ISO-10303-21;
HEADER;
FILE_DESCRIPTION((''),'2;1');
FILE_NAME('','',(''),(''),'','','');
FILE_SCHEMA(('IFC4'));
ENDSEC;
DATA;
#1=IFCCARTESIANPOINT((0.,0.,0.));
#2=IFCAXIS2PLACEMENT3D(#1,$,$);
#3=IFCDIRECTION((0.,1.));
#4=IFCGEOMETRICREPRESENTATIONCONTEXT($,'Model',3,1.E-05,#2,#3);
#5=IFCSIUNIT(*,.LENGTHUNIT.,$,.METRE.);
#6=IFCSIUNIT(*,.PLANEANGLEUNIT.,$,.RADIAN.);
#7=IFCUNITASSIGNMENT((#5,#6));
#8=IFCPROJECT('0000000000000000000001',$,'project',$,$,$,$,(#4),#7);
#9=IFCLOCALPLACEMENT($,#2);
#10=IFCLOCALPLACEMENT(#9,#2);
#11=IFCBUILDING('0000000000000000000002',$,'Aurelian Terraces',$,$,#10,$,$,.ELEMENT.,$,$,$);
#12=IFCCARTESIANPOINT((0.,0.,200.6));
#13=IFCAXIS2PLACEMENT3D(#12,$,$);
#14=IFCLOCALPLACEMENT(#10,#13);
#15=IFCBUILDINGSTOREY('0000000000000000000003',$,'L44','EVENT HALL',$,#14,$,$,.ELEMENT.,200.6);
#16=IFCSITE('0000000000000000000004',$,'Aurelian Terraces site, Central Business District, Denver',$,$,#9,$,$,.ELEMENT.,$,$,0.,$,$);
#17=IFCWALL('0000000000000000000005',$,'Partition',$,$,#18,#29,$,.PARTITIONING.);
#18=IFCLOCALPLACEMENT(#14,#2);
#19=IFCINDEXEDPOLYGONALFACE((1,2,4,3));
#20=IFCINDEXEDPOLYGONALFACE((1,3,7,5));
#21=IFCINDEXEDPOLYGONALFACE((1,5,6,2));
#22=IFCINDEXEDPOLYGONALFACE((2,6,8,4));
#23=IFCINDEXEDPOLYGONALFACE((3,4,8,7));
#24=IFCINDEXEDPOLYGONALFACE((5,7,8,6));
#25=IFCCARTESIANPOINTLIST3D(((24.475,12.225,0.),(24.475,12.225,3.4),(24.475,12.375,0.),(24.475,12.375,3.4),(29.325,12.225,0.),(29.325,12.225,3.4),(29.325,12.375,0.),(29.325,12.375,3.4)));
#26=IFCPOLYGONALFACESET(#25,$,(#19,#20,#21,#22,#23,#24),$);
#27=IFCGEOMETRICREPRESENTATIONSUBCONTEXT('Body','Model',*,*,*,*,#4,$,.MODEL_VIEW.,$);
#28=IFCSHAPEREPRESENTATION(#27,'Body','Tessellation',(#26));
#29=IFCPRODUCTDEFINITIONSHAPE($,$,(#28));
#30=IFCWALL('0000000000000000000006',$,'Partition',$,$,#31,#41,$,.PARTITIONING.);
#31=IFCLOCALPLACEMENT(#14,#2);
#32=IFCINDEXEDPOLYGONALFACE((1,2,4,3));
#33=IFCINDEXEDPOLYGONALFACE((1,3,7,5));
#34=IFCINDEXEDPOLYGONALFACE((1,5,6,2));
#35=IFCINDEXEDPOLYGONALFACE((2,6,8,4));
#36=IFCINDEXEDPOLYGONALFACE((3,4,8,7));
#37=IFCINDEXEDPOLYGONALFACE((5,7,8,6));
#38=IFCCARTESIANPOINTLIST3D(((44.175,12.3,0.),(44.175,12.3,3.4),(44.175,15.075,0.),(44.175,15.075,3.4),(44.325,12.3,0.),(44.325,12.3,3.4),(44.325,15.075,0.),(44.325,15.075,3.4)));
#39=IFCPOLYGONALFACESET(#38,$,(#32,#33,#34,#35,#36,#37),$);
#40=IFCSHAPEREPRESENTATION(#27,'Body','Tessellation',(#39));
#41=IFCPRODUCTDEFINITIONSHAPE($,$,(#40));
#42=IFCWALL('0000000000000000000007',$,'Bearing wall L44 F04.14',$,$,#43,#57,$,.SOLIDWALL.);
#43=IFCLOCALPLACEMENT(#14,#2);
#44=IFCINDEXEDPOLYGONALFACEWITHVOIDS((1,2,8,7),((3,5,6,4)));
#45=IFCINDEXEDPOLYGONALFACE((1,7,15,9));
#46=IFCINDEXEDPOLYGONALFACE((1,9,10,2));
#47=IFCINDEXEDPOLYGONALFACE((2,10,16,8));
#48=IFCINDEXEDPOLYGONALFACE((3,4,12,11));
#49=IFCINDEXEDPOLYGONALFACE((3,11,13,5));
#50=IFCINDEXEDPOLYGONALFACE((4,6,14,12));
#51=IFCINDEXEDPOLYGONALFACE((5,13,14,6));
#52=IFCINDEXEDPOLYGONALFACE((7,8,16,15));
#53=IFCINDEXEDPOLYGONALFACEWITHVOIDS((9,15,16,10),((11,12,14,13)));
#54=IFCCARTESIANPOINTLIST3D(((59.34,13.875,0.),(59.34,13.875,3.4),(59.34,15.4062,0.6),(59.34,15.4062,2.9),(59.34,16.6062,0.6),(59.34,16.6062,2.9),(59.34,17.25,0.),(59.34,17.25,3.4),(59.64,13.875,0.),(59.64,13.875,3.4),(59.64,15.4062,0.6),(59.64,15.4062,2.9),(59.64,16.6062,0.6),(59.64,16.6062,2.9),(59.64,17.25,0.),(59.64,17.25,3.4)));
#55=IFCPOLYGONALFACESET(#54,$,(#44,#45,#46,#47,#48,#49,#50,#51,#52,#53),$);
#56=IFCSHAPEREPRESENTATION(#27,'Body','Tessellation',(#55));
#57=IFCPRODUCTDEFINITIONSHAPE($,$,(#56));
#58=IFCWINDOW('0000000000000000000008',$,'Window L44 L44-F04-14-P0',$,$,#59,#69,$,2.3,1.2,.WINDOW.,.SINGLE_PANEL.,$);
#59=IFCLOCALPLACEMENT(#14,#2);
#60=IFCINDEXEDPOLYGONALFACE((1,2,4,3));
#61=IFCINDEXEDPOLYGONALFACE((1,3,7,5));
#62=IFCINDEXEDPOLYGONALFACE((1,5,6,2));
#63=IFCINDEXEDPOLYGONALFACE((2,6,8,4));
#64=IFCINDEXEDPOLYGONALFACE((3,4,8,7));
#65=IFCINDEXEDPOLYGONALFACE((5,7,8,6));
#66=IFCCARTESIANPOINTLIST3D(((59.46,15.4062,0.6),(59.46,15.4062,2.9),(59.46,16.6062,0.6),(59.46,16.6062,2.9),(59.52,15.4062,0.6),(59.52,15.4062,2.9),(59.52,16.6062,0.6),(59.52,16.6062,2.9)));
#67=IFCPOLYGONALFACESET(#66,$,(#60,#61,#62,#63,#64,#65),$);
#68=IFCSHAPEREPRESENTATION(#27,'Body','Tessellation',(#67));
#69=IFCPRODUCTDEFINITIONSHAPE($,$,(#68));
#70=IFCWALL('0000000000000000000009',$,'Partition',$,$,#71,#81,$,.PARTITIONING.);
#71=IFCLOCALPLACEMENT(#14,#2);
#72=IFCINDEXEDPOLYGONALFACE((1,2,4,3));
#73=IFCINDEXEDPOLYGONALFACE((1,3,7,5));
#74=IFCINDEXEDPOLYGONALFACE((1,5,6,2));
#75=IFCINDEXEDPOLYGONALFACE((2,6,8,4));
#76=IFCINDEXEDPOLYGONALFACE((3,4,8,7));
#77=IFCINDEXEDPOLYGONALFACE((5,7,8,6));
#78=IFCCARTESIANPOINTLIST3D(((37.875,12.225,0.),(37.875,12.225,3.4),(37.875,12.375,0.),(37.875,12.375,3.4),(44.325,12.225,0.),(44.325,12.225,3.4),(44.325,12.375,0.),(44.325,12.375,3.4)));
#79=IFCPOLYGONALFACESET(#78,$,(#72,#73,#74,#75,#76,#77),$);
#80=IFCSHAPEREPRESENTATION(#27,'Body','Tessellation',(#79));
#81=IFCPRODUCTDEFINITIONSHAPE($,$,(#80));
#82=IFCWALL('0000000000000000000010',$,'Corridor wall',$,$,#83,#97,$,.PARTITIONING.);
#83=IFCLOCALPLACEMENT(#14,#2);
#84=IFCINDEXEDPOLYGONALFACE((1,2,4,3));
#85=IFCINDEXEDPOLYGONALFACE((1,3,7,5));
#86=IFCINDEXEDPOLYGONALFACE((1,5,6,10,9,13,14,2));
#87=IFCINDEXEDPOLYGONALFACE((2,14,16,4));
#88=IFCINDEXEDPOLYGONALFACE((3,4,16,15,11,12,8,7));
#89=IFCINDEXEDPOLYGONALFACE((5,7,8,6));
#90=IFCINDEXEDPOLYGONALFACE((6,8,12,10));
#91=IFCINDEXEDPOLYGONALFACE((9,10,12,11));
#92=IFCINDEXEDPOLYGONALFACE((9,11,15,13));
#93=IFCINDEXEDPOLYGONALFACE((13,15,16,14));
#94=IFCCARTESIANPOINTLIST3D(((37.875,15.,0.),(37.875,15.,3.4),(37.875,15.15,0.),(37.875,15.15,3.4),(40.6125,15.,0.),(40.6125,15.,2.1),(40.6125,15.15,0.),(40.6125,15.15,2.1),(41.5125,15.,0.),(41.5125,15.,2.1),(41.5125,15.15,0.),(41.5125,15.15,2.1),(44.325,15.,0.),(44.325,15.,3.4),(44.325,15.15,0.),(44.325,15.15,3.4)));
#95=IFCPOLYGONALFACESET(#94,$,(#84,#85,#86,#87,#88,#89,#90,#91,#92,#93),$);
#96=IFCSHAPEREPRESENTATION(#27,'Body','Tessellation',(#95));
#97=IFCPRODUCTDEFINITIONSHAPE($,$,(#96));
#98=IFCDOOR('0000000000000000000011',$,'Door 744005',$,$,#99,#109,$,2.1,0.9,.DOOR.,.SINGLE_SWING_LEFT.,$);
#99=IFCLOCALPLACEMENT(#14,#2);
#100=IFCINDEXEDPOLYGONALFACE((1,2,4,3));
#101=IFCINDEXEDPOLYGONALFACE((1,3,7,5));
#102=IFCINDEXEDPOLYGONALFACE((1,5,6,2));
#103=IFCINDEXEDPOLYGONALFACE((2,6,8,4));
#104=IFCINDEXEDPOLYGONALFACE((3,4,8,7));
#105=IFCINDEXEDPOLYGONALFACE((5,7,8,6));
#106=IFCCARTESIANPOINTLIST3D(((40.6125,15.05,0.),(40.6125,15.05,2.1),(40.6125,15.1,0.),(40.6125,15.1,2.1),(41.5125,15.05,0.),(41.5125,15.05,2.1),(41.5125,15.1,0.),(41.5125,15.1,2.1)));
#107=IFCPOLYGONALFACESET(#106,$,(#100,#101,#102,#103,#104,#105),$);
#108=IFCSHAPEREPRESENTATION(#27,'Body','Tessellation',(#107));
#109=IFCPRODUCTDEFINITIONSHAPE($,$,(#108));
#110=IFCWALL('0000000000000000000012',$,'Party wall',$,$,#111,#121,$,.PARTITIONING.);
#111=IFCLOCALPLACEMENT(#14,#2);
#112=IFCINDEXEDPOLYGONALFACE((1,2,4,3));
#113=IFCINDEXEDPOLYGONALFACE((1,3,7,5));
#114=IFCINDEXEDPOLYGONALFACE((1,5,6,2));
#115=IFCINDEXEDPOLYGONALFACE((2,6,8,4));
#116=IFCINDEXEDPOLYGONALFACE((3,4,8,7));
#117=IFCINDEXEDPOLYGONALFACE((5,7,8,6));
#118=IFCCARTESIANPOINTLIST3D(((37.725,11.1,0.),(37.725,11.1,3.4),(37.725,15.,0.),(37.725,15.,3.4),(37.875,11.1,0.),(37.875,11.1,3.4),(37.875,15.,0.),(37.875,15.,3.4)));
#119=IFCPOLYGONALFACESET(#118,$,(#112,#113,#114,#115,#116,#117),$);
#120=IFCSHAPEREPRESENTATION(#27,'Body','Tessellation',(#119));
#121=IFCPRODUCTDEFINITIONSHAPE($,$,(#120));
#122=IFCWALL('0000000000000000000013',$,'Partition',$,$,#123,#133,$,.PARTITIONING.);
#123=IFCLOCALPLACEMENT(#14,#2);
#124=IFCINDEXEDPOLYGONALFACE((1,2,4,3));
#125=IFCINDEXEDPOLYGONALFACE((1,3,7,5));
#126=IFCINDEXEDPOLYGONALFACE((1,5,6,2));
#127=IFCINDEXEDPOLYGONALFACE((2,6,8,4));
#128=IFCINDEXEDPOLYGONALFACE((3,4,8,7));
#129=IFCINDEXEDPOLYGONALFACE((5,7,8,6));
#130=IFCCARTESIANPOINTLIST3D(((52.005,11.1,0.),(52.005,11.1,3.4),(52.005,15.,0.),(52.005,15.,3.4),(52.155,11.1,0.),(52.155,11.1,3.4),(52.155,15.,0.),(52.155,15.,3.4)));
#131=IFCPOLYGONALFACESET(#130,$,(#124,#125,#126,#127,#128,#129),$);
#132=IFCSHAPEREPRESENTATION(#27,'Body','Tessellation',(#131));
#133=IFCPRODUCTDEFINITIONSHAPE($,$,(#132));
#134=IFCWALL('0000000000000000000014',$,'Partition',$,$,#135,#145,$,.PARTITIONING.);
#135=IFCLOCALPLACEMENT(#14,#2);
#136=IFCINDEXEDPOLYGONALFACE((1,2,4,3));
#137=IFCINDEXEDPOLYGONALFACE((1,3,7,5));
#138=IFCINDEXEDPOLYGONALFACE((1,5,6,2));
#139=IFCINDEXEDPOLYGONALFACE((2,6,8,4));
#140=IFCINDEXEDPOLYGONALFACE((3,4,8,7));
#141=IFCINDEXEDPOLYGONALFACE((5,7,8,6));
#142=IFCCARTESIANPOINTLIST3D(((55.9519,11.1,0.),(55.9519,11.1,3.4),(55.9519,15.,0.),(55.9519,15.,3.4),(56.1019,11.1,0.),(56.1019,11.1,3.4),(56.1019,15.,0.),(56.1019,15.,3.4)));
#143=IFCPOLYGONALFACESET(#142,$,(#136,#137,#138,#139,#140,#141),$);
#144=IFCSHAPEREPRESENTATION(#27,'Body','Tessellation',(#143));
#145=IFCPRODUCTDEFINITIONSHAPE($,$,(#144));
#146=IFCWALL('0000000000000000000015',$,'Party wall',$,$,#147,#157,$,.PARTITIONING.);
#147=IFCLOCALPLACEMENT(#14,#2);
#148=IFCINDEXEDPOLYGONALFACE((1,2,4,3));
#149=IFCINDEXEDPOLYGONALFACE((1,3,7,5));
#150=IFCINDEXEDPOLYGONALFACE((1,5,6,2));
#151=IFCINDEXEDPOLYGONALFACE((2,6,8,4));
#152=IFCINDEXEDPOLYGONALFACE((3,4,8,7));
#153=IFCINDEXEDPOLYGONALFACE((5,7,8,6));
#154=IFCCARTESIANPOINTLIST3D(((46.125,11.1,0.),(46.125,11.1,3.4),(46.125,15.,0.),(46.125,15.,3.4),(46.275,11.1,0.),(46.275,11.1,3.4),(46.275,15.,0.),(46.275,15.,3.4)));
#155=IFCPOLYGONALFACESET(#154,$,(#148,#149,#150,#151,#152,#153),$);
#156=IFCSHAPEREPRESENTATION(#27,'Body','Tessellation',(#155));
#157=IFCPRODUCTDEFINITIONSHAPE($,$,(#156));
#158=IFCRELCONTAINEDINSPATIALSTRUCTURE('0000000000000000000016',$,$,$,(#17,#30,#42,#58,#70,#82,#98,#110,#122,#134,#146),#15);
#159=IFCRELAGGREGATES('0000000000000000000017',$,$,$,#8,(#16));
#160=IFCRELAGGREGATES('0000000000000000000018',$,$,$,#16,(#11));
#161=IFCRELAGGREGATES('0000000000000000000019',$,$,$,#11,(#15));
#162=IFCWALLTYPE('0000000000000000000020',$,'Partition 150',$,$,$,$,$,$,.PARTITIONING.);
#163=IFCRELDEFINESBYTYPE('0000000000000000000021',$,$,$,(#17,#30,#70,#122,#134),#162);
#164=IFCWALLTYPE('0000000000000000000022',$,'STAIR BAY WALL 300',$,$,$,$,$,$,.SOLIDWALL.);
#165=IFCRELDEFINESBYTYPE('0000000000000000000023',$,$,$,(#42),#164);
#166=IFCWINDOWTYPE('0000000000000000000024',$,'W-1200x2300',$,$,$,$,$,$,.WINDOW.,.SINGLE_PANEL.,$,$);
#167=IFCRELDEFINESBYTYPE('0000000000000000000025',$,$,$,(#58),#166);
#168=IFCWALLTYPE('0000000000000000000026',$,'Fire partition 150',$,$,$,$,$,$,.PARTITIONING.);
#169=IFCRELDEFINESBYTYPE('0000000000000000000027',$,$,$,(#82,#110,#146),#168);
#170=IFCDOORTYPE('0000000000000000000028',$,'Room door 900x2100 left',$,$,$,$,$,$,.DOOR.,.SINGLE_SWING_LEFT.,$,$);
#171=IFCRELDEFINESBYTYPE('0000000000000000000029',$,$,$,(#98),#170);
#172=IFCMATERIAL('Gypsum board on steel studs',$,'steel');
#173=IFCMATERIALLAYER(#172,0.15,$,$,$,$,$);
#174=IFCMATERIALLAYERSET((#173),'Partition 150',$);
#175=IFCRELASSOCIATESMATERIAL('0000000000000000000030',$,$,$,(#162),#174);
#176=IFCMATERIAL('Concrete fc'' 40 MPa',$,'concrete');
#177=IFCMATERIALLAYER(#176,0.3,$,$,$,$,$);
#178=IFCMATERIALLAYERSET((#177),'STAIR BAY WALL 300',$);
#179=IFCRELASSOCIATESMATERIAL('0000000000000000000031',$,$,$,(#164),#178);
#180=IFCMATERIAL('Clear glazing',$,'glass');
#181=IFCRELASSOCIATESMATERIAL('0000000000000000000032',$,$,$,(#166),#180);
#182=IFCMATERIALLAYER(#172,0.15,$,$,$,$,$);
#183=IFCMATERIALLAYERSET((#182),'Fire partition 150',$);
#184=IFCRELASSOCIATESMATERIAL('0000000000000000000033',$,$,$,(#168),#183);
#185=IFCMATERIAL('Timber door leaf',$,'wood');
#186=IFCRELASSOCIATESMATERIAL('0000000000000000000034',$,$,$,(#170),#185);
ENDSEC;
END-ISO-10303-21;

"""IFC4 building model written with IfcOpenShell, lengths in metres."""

from ifc_helpers import new_model, si_unit, direction, frame, frame_2d, origin, place, context, subcontext, project, spatial, rectangle, extrude, source, transform, mapped, material, layer, layer_set, type_object, element, fill, save


model = new_model("IFC4")

# Units and contexts
model_context = context("Model", 3, precision=1e-05, world=origin(), true_north=direction((0.0, 1.0)))
body_context = subcontext(model_context, "Body", "Model", "MODEL_VIEW")
ifc_project = project(units=[si_unit("LENGTHUNIT", "METRE"), si_unit("PLANEANGLEUNIT", "RADIAN")], contexts=[model_context])

# Site, building, storey
site_placement = place(None, origin())
site = spatial("IfcSite", under=ifc_project, at=site_placement, Name="Aurelian Terraces site, Central Business District, Denver", CompositionType="ELEMENT", RefElevation=0.0)
building_placement = place(site_placement, origin())
building = spatial("IfcBuilding", under=site, at=building_placement, Name="Aurelian Terraces", CompositionType="ELEMENT")
storey_placement = place(building_placement, frame((0.0, 0.0, 200.6)))
storey = spatial("IfcBuildingStorey", under=building, at=storey_placement, Name="L44", Description="EVENT HALL", CompositionType="ELEMENT", Elevation=200.6)

# Walls
ifc_material_1 = material(Name="Gypsum board on steel studs", Category="steel")
ifc_layer_1 = layer(ifc_material_1, 0.15)
ifc_layer_set_1 = layer_set([ifc_layer_1], Name="Partition 150")
wall_type_1 = type_object("IfcWallType", Name="Partition 150", PredefinedType="PARTITIONING", material=ifc_layer_set_1)
wall_1_placement = place(storey_placement, frame((29.325, 12.3, 0.0), z_axis=(0.0, 0.0, 1.0), x_axis=(-1.0, 0.0, 0.0)))
element("IfcWall", 1, at=wall_1_placement, inside=storey, type_object=wall_type_1, Name="Partition", PredefinedType="PARTITIONING", context=body_context, shape_type="SweptSolid", body=[
    extrude(rectangle(XDim=4.85, YDim=0.15, at=frame_2d((2.425, 0.0))), origin(), (0.0, 0.0, 1.0), 3.4),
])
wall_2_placement = place(storey_placement, frame((44.25, 12.3, 0.0), z_axis=(0.0, 0.0, 1.0), x_axis=(0.0, 1.0, 0.0)))
element("IfcWall", 2, at=wall_2_placement, inside=storey, type_object=wall_type_1, Name="Partition", PredefinedType="PARTITIONING", context=body_context, shape_type="SweptSolid", body=[
    extrude(rectangle(XDim=2.775, YDim=0.15, at=frame_2d((1.3875, 0.0))), origin(), (0.0, 0.0, 1.0), 3.4),
])

# Wall, opening, window
ifc_material_2 = material(Name="Concrete fc' 40 MPa", Category="concrete")
ifc_layer_2 = layer(ifc_material_2, 0.3)
ifc_layer_set_2 = layer_set([ifc_layer_2], Name="STAIR BAY WALL 300")
wall_type_2 = type_object("IfcWallType", Name="STAIR BAY WALL 300", PredefinedType="SOLIDWALL", material=ifc_layer_set_2)
shared_shape_1 = source(origin(), body_context, "Body", "SweptSolid", [
    extrude(rectangle(XDim=3.375, YDim=0.3, at=frame_2d((1.6875, 0.0))), origin(), (0.0, 0.0, 1.0), 3.4),
])
wall_3_placement = place(storey_placement, frame((59.49, 13.875, 0.0), z_axis=(0.0, 0.0, 1.0), x_axis=(0.0, 1.0, 0.0)))
wall_3 = element("IfcWall", 3, at=wall_3_placement, inside=storey, type_object=wall_type_2, Name="Bearing wall L44 F04.14", PredefinedType="SOLIDWALL", context=body_context, shape_type="MappedRepresentation", body=[
    mapped(shared_shape_1, transform((0.0, 0.0, 0.0), scale=1.0)),
])
shared_shape_2 = source(origin(), body_context, "Body", "SweptSolid", [
    extrude(rectangle(XDim=1.2, YDim=2.3, at=frame_2d((0.6, 1.15))), frame((0.0, 0.16, 0.0), z_axis=(0.0, -1.0, 0.0), x_axis=(1.0, 0.0, 0.0)), (0.0, 0.0, 1.0), 0.32),
])
opening_1_placement = place(wall_3_placement, frame((1.5312, 0.0, 0.6)))
opening_1 = element("IfcOpeningElement", 4, at=opening_1_placement, cuts=wall_3, PredefinedType="OPENING", context=body_context, shape_type="MappedRepresentation", body=[
    mapped(shared_shape_2, transform((0.0, 0.0, 0.0), scale=1.0)),
])
ifc_material_3 = material(Name="Clear glazing", Category="glass")
window_type = type_object("IfcWindowType", Name="W-1200x2300", PartitioningType="SINGLE_PANEL", PredefinedType="WINDOW", material=ifc_material_3)
shared_shape_3 = source(origin(), body_context, "Body", "SweptSolid", [
    extrude(rectangle(XDim=1.2, YDim=2.3, at=frame_2d((0.6, 1.15))), frame((0.0, 0.03, 0.0), z_axis=(0.0, -1.0, 0.0), x_axis=(1.0, 0.0, 0.0)), (0.0, 0.0, 1.0), 0.06),
])
window_placement = place(opening_1_placement, origin())
window = element("IfcWindow", 5, at=window_placement, inside=storey, type_object=window_type, Name="Window L44 L44-F04-14-P0", OverallHeight=2.3, OverallWidth=1.2, PartitioningType="SINGLE_PANEL", PredefinedType="WINDOW", context=body_context, shape_type="MappedRepresentation", body=[
    mapped(shared_shape_3, transform((0.0, 0.0, 0.0), scale=1.0)),
])
fill(opening_1, window)

# Wall
shared_shape_4 = source(origin(), body_context, "Body", "SweptSolid", [
    extrude(rectangle(XDim=6.45, YDim=0.15, at=frame_2d((3.225, 0.0))), origin(), (0.0, 0.0, 1.0), 3.4),
])
wall_4_placement = place(storey_placement, frame((37.875, 12.3, 0.0), z_axis=(0.0, 0.0, 1.0), x_axis=(1.0, 0.0, 0.0)))
element("IfcWall", 6, at=wall_4_placement, inside=storey, type_object=wall_type_1, Name="Partition", PredefinedType="PARTITIONING", context=body_context, shape_type="MappedRepresentation", body=[
    mapped(shared_shape_4, transform((0.0, 0.0, 0.0), scale=1.0)),
])

# Wall, opening, door
ifc_layer_3 = layer(ifc_material_1, 0.15)
ifc_layer_set_3 = layer_set([ifc_layer_3], Name="Fire partition 150")
wall_type_3 = type_object("IfcWallType", Name="Fire partition 150", PredefinedType="PARTITIONING", material=ifc_layer_set_3)
wall_5_placement = place(storey_placement, frame((44.325, 15.075, 0.0), z_axis=(0.0, 0.0, 1.0), x_axis=(-1.0, 0.0, 0.0)))
wall_5 = element("IfcWall", 7, at=wall_5_placement, inside=storey, type_object=wall_type_3, Name="Corridor wall", PredefinedType="PARTITIONING", context=body_context, shape_type="MappedRepresentation", body=[
    mapped(shared_shape_4, transform((0.0, 0.0, 0.0), scale=1.0)),
])
shared_shape_5 = source(origin(), body_context, "Body", "SweptSolid", [
    extrude(rectangle(XDim=0.9, YDim=2.1, at=frame_2d((0.45, 1.05))), frame((0.0, 0.085, 0.0), z_axis=(0.0, -1.0, 0.0), x_axis=(1.0, 0.0, 0.0)), (0.0, 0.0, 1.0), 0.17),
])
opening_2_placement = place(wall_5_placement, frame((2.8125, 0.0, 0.0)))
opening_2 = element("IfcOpeningElement", 8, at=opening_2_placement, cuts=wall_5, PredefinedType="OPENING", context=body_context, shape_type="MappedRepresentation", body=[
    mapped(shared_shape_5, transform((0.0, 0.0, 0.0), scale=1.0)),
])
ifc_material_4 = material(Name="Timber door leaf", Category="wood")
door_type_1 = type_object("IfcDoorType", Name="Room door 900x2100 left", OperationType="SINGLE_SWING_LEFT", PredefinedType="DOOR", material=ifc_material_4)
shared_shape_6 = source(origin(), body_context, "Body", "SweptSolid", [
    extrude(rectangle(XDim=0.9, YDim=2.1, at=frame_2d((0.45, 1.05))), frame((0.0, 0.025, 0.0), z_axis=(0.0, -1.0, 0.0), x_axis=(1.0, 0.0, 0.0)), (0.0, 0.0, 1.0), 0.05),
])
door_1_placement = place(opening_2_placement, origin())
door_1 = element("IfcDoor", 9, at=door_1_placement, inside=storey, type_object=door_type_1, Name="Door 744005", OperationType="SINGLE_SWING_LEFT", OverallHeight=2.1, OverallWidth=0.9, PredefinedType="DOOR", context=body_context, shape_type="MappedRepresentation", body=[
    mapped(shared_shape_6, transform((0.0, 0.0, 0.0), scale=1.0)),
])
fill(opening_2, door_1)

# Walls
shared_shape_7 = source(origin(), body_context, "Body", "SweptSolid", [
    extrude(rectangle(XDim=3.9, YDim=0.15, at=frame_2d((1.95, 0.0))), origin(), (0.0, 0.0, 1.0), 3.4),
])
wall_6_placement = place(storey_placement, frame((37.8, 11.1, 0.0), z_axis=(0.0, 0.0, 1.0), x_axis=(0.0, 1.0, 0.0)))
element("IfcWall", 10, at=wall_6_placement, inside=storey, type_object=wall_type_3, Name="Party wall", PredefinedType="PARTITIONING", context=body_context, shape_type="MappedRepresentation", body=[
    mapped(shared_shape_7, transform((0.0, 0.0, 0.0), scale=1.0)),
])
for number, where, z_axis, x_axis, name in (
    (11, (52.08, 11.1, 0.0), (0.0, 0.0, 1.0), (0.0, 1.0, 0.0), "Partition"),
    (12, (56.0269, 11.1, 0.0), (0.0, 0.0, 1.0), (0.0, 1.0, 0.0), "Partition"),
):
    element("IfcWall", number, at=place(storey_placement, frame(where, z_axis=z_axis, x_axis=x_axis)), inside=storey, type_object=wall_type_1, Name=name, PredefinedType="PARTITIONING", context=body_context, shape_type="MappedRepresentation", body=[
        mapped(shared_shape_7, transform((0.0, 0.0, 0.0), scale=1.0)),
    ])
wall_7_placement = place(storey_placement, frame((46.2, 11.1, 0.0), z_axis=(0.0, 0.0, 1.0), x_axis=(0.0, 1.0, 0.0)))
element("IfcWall", 13, at=wall_7_placement, inside=storey, type_object=wall_type_3, Name="Party wall", PredefinedType="PARTITIONING", context=body_context, shape_type="MappedRepresentation", body=[
    mapped(shared_shape_7, transform((0.0, 0.0, 0.0), scale=1.0)),
])

save(model, "model.ifc")
